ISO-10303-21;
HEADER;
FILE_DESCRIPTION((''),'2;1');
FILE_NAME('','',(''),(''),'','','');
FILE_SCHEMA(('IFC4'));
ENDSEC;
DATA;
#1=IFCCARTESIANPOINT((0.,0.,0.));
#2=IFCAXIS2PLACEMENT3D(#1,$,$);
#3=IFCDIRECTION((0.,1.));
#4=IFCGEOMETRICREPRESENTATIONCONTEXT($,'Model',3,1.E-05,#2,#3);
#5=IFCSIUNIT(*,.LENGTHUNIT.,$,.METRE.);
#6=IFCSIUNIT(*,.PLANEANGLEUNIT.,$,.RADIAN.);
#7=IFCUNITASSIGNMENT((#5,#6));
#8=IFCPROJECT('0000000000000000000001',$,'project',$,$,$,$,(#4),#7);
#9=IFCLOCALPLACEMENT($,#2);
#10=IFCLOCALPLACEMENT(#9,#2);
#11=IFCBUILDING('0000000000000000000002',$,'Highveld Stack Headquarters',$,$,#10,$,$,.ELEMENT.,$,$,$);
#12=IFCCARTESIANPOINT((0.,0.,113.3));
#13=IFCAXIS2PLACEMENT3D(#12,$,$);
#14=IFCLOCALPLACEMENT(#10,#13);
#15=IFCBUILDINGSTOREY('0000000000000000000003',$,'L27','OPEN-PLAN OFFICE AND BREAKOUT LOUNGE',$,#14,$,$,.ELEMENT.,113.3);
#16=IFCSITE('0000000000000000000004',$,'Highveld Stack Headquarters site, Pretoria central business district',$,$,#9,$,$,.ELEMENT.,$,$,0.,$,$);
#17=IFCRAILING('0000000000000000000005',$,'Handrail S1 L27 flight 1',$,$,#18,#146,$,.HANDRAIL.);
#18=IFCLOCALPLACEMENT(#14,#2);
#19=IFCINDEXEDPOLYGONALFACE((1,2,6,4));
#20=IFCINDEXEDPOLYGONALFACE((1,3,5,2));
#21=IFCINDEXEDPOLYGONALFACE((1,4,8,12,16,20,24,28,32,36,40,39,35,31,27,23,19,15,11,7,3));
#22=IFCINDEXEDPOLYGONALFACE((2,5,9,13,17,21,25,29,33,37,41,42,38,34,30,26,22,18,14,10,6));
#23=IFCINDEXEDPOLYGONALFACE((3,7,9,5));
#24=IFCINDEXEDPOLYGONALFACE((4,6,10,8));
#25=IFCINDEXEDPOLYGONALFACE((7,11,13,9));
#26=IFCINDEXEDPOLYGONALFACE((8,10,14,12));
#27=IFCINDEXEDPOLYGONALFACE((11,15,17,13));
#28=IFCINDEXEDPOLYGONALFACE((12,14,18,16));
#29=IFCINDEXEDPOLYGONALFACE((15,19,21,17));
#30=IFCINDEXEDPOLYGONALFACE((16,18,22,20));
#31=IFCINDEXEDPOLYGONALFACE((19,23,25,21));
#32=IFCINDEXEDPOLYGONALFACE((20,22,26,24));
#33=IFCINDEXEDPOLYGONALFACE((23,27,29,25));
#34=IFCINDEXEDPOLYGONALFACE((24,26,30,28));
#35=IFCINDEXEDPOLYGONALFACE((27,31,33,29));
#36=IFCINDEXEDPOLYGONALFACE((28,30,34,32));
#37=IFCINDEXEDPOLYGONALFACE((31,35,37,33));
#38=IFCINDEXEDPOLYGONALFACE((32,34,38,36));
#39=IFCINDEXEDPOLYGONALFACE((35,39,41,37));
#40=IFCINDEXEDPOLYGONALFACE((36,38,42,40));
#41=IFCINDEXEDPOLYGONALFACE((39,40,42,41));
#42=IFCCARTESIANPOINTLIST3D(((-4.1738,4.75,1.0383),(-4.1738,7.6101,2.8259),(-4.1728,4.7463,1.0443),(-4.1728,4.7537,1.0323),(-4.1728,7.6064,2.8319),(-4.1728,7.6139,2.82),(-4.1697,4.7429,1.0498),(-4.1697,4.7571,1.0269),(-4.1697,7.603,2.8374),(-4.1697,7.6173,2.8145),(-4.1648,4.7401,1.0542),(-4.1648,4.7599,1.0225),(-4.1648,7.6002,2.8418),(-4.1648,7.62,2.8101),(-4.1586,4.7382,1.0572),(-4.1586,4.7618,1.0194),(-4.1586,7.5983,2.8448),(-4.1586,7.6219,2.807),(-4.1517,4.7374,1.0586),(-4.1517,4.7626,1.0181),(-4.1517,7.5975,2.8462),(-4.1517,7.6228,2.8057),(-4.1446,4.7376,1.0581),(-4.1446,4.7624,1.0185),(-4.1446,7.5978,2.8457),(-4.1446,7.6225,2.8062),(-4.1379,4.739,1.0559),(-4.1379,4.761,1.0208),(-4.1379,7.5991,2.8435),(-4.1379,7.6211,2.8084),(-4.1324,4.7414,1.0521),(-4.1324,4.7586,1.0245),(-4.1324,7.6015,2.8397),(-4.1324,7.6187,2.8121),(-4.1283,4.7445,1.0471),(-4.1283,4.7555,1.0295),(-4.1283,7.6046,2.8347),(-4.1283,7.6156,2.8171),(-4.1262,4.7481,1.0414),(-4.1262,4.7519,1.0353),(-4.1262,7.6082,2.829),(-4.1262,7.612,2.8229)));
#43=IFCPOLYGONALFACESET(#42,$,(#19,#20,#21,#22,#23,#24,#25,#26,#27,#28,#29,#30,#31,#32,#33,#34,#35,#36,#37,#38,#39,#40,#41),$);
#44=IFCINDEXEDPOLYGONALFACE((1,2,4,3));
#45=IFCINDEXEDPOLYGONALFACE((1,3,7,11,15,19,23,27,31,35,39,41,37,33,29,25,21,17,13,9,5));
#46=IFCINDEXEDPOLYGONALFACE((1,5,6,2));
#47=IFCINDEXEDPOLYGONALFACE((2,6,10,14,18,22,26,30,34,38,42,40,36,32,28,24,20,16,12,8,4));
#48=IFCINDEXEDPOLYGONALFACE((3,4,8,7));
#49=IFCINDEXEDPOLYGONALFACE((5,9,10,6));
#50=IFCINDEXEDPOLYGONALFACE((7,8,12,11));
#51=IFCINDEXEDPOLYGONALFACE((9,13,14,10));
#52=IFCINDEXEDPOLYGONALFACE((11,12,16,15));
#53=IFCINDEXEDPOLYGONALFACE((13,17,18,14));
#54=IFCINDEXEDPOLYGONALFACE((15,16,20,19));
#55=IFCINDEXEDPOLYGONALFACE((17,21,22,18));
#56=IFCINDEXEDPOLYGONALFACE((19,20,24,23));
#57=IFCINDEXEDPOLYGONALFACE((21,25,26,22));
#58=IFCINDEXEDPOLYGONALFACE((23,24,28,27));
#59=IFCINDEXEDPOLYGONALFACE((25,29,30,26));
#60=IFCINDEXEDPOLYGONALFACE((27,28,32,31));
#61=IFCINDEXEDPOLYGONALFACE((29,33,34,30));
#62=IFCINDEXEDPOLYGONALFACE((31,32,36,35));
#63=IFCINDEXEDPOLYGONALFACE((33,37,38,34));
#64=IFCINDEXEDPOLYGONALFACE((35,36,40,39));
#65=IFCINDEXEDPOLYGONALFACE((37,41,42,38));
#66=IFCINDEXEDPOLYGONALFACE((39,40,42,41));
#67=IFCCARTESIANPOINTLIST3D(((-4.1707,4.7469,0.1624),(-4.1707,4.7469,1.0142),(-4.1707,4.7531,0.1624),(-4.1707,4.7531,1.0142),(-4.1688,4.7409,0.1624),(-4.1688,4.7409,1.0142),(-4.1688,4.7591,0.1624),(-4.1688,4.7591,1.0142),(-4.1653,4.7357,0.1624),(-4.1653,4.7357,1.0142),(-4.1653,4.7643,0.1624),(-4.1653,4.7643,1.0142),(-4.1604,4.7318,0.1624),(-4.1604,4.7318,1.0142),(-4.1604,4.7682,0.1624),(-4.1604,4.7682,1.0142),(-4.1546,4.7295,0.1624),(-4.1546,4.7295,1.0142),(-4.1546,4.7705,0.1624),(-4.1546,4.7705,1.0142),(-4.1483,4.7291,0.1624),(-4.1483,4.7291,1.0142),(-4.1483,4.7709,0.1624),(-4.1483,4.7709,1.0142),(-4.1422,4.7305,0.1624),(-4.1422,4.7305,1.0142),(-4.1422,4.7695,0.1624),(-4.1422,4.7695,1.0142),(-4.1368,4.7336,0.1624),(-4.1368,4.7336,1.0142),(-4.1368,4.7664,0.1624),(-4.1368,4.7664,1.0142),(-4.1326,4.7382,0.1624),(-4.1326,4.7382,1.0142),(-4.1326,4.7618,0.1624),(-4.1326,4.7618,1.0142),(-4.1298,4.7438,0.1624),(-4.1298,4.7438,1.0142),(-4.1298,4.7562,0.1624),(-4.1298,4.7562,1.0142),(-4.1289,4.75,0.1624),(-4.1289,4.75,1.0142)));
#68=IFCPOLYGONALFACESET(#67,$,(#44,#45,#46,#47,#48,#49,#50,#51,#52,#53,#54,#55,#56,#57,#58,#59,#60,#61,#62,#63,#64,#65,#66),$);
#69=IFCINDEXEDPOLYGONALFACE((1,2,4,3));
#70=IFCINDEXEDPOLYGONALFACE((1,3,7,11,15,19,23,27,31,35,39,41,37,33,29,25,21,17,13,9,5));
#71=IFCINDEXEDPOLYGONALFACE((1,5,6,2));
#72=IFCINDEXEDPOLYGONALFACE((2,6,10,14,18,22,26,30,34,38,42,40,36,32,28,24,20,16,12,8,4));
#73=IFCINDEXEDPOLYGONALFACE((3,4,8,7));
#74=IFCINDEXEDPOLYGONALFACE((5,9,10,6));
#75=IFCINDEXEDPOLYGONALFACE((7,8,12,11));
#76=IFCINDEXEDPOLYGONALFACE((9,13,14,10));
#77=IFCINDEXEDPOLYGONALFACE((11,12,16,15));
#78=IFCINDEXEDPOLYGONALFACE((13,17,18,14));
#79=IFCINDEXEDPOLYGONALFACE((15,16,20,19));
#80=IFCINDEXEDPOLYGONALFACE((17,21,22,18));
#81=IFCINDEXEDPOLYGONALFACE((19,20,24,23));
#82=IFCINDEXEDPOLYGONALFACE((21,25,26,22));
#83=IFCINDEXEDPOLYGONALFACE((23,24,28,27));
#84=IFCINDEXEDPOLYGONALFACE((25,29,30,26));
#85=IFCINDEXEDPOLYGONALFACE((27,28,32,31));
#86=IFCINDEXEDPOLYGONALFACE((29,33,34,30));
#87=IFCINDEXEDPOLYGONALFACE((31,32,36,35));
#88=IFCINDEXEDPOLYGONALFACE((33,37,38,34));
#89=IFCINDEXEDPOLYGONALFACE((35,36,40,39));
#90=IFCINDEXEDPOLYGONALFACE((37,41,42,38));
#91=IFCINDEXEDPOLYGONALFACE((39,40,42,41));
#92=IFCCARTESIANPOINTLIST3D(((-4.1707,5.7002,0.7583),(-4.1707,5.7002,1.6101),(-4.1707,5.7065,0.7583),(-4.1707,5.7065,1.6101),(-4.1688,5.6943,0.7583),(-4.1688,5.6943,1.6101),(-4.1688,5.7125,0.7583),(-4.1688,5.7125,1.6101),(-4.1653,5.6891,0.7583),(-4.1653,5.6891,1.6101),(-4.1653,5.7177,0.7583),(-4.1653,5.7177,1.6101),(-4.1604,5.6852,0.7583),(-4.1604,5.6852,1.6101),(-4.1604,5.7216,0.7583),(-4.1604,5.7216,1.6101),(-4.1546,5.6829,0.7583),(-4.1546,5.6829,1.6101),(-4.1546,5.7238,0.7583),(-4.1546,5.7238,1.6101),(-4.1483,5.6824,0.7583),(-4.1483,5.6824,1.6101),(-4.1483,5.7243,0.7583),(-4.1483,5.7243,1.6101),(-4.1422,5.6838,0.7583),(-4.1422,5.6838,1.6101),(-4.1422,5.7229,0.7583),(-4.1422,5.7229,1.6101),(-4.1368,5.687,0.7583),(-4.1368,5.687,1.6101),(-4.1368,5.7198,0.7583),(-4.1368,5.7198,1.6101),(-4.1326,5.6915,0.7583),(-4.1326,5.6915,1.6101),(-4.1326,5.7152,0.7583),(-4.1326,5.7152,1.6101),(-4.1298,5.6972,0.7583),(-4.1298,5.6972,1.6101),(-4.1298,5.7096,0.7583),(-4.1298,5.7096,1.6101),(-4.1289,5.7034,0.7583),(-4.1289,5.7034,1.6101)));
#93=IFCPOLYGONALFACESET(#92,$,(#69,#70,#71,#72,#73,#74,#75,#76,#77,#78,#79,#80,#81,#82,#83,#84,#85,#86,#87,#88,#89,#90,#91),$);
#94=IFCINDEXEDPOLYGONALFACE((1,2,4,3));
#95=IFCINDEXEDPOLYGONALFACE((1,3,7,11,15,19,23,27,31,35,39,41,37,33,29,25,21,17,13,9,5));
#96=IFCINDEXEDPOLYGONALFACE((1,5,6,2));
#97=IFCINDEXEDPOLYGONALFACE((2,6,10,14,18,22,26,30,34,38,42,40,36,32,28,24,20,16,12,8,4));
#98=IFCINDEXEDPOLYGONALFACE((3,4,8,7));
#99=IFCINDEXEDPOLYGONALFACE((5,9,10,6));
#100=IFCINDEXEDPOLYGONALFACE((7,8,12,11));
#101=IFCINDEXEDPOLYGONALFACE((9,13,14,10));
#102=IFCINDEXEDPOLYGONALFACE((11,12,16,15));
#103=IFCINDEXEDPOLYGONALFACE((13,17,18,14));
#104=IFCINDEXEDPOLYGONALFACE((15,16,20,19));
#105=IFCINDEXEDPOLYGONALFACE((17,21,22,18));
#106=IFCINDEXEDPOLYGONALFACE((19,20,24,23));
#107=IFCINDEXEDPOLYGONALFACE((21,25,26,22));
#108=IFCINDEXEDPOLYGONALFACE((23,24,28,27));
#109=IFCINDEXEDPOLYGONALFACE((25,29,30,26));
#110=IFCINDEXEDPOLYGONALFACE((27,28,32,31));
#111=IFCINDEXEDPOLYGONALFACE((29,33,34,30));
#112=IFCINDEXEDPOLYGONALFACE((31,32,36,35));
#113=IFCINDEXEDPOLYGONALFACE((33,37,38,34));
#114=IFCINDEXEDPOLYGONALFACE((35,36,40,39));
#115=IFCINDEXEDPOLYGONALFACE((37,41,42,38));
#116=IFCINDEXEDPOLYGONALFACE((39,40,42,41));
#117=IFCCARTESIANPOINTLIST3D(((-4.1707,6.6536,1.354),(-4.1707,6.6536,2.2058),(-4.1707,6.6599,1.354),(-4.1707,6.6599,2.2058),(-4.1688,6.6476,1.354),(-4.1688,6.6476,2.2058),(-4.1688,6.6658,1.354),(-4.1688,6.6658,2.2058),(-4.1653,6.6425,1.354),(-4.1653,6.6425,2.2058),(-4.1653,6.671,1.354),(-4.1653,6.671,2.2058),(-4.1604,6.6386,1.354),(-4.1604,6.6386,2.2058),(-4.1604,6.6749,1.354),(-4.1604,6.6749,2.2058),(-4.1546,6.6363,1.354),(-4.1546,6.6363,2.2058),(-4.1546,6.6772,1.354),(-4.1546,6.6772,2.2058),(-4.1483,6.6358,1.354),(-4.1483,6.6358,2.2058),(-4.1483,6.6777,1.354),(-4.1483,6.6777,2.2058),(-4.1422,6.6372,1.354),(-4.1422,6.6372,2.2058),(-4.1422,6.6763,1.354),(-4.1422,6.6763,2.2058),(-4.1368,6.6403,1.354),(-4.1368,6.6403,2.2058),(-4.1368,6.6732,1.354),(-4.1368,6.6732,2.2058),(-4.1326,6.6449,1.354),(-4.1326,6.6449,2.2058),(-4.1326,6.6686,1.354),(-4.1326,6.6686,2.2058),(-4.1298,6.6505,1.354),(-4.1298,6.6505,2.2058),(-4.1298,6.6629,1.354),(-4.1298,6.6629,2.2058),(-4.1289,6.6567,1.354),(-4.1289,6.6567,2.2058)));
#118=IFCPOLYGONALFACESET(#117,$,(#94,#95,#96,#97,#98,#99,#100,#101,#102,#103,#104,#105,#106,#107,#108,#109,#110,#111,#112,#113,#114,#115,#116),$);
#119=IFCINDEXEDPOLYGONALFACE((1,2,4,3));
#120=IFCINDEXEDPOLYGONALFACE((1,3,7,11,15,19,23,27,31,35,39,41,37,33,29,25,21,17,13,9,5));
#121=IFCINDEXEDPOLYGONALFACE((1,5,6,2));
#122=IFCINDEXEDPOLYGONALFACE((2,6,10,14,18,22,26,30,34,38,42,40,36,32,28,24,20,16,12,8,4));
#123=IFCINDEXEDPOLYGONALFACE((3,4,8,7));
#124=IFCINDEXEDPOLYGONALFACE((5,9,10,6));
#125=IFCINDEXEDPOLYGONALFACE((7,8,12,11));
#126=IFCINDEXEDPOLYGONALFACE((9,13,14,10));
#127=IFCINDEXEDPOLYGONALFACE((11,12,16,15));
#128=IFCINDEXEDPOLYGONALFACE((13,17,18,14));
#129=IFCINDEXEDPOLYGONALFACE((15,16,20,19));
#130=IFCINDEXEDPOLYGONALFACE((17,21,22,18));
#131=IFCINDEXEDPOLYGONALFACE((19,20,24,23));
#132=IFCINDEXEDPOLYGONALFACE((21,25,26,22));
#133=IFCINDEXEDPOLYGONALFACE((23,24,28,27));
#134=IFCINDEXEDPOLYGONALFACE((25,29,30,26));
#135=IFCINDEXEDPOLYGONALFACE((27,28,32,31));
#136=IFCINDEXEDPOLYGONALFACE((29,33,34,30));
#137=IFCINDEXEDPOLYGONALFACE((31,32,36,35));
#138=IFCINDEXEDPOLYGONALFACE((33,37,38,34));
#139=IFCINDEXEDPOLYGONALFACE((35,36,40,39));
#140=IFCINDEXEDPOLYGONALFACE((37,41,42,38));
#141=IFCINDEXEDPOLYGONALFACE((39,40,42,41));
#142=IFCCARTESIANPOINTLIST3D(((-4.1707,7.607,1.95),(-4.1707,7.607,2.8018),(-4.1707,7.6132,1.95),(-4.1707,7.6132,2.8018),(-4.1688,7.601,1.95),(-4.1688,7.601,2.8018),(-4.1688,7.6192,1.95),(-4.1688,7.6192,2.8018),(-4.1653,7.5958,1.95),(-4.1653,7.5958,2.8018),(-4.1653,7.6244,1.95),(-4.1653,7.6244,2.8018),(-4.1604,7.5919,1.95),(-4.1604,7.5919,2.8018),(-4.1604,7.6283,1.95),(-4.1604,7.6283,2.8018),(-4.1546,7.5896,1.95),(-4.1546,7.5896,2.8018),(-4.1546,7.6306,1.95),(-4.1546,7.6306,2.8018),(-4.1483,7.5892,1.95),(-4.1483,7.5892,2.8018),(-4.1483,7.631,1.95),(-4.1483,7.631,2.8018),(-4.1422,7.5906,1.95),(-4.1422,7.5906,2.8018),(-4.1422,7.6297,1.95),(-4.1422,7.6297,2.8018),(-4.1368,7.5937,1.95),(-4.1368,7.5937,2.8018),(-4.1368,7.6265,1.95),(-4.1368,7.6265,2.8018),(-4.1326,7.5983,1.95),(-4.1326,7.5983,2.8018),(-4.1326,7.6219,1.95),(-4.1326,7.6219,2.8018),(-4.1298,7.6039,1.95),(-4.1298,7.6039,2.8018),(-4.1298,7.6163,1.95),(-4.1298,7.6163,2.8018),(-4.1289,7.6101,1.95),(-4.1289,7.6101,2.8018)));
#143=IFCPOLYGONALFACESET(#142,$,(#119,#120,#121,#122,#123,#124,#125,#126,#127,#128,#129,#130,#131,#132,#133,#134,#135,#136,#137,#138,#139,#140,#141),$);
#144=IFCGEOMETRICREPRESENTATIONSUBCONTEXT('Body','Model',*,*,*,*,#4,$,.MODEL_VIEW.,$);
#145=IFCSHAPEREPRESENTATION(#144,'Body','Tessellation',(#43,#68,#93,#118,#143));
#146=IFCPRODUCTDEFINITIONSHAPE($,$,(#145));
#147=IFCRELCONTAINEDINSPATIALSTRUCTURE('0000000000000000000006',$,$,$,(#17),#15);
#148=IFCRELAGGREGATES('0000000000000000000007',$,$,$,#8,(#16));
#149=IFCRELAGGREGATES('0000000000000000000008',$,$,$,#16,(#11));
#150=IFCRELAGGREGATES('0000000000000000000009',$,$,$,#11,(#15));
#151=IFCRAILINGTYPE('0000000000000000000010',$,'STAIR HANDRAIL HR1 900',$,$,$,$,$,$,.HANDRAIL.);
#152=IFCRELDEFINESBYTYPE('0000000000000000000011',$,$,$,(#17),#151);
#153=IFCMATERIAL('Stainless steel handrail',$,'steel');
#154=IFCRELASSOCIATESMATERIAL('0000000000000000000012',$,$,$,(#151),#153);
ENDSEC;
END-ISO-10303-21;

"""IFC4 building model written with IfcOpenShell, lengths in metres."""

from ifc_helpers import new_model, si_unit, direction, frame, origin, origin_2d, place, context, subcontext, project, spatial, circle, extrude, material, type_object, element, save


model = new_model("IFC4")

# Units and contexts
model_context = context("Model", 3, precision=1e-05, world=origin(), true_north=direction((0.0, 1.0)))
body_context = subcontext(model_context, "Body", "Model", "MODEL_VIEW")
ifc_project = project(units=[si_unit("LENGTHUNIT", "METRE"), si_unit("PLANEANGLEUNIT", "RADIAN")], contexts=[model_context])

# Site, building, storey
site_placement = place(None, origin())
site = spatial("IfcSite", under=ifc_project, at=site_placement, Name="Highveld Stack Headquarters site, Pretoria central business district", CompositionType="ELEMENT", RefElevation=0.0)
building_placement = place(site_placement, origin())
building = spatial("IfcBuilding", under=site, at=building_placement, Name="Highveld Stack Headquarters", CompositionType="ELEMENT")
storey_placement = place(building_placement, frame((0.0, 0.0, 113.3)))
storey = spatial("IfcBuildingStorey", under=building, at=storey_placement, Name="L27", Description="OPEN-PLAN OFFICE AND BREAKOUT LOUNGE", CompositionType="ELEMENT", Elevation=113.3)

# Railing
ifc_material_1 = material(Name="Stainless steel handrail", Category="steel")
railing_type = type_object("IfcRailingType", Name="STAIR HANDRAIL HR1 900", PredefinedType="HANDRAIL", material=ifc_material_1)
for number, where, name in (
    (1, (-4.1499, 4.75, 0.1624), "Handrail S1 L27 flight 1"),
):
    element("IfcRailing", number, at=place(storey_placement, frame(where)), inside=storey, type_object=railing_type, Name=name, PredefinedType="HANDRAIL", context=body_context, shape_type="SweptSolid", body=[
        extrude(circle(Radius=0.0239, at=origin_2d()), frame((0.0, 0.0, 0.876), z_axis=(0.0, 0.847994, 0.530005), x_axis=(-1.0, 0.0, 0.0)), (0.0, 0.0, 1.0), 3.3728),
        extrude(circle(Radius=0.021, at=origin_2d()), origin(), (0.0, 0.0, 1.0), 0.8518),
        extrude(circle(Radius=0.021, at=origin_2d()), frame((0.0, 0.9534, 0.5959)), (0.0, 0.0, 1.0), 0.8518),
        extrude(circle(Radius=0.021, at=origin_2d()), frame((0.0, 1.9067, 1.1917)), (0.0, 0.0, 1.0), 0.8518),
        extrude(circle(Radius=0.021, at=origin_2d()), frame((0.0, 2.8601, 1.7876)), (0.0, 0.0, 1.0), 0.8518),
    ])

save(model, "model.ifc")
